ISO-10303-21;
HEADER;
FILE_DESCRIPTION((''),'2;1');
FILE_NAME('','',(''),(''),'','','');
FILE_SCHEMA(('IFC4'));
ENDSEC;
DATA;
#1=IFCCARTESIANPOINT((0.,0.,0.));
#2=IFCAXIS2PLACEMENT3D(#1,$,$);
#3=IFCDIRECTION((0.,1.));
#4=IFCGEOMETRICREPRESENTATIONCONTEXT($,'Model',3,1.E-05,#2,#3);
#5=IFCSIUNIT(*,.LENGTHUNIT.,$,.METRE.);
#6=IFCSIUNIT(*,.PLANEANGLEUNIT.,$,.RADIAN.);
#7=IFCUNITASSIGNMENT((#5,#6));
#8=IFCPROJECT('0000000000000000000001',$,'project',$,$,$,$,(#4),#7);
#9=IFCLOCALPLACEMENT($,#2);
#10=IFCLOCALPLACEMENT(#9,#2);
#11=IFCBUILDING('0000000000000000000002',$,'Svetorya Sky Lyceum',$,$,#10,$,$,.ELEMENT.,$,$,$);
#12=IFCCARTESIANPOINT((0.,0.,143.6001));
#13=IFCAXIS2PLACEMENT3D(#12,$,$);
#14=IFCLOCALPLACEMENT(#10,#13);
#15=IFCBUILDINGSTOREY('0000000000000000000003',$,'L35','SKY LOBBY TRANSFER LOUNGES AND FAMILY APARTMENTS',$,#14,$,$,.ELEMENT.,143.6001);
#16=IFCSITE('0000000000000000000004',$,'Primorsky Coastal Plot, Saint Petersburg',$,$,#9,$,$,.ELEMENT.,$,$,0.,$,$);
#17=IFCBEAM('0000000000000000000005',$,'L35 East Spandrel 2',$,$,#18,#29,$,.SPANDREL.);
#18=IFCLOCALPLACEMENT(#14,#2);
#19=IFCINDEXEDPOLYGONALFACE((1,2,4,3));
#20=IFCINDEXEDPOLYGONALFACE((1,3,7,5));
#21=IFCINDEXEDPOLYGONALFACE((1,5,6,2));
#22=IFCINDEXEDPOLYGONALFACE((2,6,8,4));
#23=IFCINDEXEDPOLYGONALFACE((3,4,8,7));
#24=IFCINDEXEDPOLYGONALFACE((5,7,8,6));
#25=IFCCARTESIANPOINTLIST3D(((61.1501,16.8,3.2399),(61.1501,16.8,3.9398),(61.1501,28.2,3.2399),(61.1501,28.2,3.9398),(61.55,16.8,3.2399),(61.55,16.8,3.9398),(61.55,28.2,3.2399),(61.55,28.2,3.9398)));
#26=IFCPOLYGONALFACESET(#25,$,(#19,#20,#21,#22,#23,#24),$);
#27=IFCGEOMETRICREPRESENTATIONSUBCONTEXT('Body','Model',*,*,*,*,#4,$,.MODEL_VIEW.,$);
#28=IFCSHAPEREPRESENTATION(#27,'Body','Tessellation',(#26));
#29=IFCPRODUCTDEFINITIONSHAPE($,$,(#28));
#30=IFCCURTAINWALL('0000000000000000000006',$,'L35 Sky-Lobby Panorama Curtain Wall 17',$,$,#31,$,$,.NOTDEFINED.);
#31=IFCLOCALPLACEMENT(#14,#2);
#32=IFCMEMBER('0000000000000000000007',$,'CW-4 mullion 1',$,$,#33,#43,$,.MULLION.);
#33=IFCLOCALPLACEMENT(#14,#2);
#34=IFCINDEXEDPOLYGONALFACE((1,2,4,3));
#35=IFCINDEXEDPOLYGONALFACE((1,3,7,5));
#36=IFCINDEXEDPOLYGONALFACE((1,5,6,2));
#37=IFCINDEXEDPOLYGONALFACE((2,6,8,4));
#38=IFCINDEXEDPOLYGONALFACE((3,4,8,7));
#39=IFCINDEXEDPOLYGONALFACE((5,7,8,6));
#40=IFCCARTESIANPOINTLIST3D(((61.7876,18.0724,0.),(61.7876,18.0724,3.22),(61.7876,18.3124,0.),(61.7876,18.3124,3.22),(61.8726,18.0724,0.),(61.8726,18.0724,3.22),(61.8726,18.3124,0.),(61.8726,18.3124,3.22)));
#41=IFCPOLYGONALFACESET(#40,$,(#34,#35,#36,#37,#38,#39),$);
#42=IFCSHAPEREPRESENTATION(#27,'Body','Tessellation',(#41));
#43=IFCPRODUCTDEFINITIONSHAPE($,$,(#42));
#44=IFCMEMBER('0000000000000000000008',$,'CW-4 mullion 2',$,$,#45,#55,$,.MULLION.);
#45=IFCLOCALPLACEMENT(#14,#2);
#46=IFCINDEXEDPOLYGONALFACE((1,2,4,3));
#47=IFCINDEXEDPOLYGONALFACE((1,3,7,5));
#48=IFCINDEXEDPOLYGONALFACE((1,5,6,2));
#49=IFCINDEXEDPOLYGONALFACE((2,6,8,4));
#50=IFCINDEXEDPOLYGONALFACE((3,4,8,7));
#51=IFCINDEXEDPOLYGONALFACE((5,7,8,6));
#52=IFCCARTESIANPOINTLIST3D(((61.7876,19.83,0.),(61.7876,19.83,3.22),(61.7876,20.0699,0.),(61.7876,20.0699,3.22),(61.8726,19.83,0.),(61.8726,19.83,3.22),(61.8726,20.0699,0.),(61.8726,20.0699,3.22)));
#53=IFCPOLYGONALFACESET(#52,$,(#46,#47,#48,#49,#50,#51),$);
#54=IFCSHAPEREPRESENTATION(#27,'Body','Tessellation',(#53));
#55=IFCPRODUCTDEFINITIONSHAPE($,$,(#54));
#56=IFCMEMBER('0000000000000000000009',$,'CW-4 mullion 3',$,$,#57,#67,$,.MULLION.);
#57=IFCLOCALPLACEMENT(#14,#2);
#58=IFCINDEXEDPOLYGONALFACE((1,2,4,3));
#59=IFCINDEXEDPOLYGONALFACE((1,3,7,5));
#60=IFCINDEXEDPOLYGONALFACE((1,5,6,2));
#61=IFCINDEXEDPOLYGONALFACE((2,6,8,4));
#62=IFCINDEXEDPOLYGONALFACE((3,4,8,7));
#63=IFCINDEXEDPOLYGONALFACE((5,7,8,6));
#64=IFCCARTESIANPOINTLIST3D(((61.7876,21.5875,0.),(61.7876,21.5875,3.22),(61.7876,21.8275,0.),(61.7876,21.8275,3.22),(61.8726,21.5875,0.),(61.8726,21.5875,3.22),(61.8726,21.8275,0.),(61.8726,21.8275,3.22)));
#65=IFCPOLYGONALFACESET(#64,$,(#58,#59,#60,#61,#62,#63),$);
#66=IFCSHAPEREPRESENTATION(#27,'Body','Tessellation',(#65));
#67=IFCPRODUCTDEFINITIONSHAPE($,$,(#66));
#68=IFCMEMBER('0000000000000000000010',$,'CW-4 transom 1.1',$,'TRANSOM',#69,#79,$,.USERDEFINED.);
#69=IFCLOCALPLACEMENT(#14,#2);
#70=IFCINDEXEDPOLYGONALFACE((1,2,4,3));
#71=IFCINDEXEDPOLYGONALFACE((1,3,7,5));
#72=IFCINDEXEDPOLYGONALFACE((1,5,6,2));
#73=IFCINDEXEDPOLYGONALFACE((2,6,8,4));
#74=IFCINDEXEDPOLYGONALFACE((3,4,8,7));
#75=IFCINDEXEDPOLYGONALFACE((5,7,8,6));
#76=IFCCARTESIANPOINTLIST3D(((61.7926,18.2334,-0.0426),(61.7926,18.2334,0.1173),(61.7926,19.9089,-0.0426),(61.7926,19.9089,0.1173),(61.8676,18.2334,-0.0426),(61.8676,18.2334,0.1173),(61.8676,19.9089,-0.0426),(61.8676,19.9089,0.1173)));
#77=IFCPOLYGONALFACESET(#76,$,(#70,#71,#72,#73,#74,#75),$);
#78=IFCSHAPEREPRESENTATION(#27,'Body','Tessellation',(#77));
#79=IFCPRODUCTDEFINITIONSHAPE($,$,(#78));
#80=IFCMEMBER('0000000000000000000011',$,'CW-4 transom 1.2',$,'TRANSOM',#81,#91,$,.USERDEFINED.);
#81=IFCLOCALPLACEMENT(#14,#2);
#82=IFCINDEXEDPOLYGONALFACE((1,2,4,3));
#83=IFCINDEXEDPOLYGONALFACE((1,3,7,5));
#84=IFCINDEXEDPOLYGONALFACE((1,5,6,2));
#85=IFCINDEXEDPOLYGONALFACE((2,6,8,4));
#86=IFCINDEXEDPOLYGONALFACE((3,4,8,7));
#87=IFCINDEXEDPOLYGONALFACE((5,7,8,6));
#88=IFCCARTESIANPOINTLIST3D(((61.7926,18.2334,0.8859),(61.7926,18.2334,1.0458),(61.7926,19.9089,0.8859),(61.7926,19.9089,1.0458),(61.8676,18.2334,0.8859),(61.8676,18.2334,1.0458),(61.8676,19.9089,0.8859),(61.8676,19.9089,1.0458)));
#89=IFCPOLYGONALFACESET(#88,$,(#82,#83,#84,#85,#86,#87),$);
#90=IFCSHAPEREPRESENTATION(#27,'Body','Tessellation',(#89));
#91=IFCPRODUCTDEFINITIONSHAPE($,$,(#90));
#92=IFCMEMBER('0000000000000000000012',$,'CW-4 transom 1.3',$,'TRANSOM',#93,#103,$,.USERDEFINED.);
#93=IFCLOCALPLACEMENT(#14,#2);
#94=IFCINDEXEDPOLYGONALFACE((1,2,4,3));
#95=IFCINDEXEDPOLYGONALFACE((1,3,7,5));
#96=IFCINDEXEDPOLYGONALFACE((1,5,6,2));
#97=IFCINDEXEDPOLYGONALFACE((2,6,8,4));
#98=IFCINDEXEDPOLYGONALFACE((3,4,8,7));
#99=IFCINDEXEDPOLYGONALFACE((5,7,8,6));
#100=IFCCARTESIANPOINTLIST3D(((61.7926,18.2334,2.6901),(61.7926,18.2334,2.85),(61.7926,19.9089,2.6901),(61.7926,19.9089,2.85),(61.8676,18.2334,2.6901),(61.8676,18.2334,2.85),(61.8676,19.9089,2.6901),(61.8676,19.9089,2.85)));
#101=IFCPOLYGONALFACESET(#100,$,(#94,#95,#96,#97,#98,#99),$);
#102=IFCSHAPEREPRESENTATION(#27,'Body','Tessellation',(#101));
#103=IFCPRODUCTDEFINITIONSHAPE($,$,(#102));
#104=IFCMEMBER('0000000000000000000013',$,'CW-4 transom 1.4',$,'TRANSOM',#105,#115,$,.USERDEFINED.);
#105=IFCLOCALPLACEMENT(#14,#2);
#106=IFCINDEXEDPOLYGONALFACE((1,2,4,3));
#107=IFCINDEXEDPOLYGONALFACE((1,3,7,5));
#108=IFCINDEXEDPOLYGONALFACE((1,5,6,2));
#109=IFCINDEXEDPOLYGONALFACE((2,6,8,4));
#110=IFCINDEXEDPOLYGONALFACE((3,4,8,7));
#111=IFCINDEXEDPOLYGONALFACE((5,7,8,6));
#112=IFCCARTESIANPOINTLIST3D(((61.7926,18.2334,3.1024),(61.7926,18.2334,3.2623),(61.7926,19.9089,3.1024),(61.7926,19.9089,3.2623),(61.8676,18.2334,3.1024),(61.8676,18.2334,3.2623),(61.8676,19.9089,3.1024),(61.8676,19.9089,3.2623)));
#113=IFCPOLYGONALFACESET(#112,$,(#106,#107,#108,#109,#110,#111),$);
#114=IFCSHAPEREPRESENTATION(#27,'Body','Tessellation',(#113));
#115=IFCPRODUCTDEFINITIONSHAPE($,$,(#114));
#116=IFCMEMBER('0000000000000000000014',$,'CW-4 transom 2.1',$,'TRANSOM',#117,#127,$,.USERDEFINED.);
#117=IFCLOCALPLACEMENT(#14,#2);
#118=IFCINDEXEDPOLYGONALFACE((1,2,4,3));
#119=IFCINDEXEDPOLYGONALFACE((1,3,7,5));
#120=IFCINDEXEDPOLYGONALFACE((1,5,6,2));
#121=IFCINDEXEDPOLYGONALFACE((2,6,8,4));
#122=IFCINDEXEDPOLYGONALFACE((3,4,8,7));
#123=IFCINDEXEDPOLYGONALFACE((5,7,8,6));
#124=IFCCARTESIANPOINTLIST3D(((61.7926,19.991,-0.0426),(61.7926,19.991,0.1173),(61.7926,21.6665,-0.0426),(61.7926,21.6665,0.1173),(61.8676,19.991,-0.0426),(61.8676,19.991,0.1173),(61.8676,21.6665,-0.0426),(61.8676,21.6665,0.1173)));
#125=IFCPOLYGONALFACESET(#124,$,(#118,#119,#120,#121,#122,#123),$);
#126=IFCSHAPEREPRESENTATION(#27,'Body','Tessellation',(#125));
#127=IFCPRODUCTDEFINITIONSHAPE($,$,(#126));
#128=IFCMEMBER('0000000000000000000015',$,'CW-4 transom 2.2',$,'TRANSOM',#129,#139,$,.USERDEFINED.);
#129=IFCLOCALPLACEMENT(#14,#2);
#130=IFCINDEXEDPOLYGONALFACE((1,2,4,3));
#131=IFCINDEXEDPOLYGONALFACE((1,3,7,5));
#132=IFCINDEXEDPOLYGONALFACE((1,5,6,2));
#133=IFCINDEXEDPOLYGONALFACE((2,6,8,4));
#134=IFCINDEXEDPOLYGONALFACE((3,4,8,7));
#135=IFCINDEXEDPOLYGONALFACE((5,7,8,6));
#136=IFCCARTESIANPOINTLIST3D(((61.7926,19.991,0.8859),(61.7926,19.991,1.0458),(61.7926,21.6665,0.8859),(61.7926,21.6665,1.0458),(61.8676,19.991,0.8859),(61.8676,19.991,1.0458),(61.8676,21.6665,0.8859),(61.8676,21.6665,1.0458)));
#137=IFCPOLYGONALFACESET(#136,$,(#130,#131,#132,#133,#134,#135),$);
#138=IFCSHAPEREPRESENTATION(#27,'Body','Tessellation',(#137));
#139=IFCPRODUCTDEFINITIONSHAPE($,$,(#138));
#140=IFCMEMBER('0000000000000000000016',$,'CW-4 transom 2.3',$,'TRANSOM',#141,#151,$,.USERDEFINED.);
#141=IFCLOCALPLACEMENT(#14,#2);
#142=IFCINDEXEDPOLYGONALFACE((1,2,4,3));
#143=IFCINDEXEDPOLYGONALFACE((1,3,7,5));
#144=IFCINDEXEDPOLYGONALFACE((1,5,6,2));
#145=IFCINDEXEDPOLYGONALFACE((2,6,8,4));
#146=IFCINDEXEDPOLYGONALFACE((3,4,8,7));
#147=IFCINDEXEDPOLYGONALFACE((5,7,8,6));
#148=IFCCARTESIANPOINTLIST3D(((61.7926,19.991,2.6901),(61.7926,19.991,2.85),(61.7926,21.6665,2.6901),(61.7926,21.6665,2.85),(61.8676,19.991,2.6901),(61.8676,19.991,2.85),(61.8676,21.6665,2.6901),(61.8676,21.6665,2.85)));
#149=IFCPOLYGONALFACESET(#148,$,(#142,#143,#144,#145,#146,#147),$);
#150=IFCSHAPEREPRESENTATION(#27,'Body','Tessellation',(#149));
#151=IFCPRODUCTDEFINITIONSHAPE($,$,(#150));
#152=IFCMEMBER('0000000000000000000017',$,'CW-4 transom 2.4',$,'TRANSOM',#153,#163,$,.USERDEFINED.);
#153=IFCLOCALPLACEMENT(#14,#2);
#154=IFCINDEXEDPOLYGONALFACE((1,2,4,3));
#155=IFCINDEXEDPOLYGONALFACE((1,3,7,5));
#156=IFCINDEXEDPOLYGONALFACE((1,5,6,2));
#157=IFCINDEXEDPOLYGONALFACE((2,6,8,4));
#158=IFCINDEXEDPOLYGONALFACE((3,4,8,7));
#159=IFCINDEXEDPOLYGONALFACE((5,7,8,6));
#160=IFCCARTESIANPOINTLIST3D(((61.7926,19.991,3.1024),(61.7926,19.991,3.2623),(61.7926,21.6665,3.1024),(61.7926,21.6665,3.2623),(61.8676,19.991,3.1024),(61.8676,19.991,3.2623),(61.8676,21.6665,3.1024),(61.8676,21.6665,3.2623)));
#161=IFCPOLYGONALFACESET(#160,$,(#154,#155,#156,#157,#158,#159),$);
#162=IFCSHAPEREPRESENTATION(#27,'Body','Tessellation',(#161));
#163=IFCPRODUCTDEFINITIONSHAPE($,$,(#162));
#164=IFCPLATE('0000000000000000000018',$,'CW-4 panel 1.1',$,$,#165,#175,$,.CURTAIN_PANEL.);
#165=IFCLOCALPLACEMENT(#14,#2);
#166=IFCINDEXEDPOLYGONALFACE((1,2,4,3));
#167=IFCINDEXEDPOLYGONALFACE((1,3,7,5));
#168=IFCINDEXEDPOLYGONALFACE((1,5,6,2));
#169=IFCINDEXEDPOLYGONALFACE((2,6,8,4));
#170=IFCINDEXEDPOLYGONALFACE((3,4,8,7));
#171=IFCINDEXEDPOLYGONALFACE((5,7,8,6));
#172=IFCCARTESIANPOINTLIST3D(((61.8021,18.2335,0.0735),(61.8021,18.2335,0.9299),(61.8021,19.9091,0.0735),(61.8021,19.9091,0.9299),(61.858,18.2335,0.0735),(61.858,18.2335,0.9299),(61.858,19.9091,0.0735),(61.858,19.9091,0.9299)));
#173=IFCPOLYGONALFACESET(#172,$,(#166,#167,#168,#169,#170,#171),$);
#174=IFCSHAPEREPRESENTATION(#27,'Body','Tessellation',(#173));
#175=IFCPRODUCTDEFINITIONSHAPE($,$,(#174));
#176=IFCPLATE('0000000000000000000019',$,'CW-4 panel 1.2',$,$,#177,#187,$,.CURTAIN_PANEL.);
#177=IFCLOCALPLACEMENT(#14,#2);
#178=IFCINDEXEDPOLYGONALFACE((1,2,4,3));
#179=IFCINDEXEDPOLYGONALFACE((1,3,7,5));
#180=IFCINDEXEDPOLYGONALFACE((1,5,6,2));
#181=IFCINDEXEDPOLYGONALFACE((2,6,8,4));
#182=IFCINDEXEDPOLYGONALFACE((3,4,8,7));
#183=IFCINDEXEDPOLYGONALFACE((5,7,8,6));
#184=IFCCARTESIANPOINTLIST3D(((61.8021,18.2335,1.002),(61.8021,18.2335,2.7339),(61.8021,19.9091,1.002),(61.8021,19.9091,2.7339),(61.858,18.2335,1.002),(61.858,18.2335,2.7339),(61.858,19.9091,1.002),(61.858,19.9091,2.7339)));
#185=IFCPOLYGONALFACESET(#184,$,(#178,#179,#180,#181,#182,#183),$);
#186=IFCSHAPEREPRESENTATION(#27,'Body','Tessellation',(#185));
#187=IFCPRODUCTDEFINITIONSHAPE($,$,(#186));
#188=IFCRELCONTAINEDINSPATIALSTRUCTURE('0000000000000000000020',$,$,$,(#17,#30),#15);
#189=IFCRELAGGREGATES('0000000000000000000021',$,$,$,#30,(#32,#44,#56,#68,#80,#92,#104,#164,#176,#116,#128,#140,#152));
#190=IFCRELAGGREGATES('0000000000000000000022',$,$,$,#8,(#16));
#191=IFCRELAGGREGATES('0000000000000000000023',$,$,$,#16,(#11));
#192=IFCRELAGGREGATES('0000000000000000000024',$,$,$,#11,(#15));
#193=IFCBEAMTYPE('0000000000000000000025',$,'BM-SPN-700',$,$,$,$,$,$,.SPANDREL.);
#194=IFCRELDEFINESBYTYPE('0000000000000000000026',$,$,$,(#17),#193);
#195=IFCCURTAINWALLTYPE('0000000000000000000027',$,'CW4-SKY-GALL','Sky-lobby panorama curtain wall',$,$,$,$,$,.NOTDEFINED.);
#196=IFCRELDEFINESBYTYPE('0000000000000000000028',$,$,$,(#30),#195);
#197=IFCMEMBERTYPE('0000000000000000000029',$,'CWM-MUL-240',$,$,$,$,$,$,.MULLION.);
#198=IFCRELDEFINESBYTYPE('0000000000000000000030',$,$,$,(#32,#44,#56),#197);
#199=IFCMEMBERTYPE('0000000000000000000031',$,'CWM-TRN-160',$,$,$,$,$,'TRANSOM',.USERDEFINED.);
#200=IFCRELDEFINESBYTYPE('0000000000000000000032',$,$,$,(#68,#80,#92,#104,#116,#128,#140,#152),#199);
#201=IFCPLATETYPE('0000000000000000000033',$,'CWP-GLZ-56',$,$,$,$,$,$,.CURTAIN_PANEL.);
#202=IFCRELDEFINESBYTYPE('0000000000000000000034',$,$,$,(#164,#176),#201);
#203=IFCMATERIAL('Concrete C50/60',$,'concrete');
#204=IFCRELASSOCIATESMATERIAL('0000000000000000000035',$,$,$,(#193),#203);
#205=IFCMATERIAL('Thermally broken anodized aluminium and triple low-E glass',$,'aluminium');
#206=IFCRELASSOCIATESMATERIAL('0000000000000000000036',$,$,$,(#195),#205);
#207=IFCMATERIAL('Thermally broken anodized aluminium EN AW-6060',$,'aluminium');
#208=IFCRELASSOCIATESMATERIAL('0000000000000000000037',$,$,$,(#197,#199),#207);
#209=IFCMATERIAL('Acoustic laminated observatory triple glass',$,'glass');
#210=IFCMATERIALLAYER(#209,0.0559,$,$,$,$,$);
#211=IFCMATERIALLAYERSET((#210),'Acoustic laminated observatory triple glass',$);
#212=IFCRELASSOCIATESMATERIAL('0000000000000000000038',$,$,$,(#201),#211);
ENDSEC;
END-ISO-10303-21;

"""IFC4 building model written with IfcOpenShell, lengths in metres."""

from ifc_helpers import new_model, si_unit, direction, frame, origin, origin_2d, place, context, subcontext, project, spatial, rectangle, extrude, material, layer, layer_set, material_profile, profile_set, type_object, element, aggregate, save


model = new_model("IFC4")

# Units and contexts
model_context = context("Model", 3, precision=1e-05, world=origin(), true_north=direction((0.0, 1.0)))
body_context = subcontext(model_context, "Body", "Model", "MODEL_VIEW")
ifc_project = project(units=[si_unit("LENGTHUNIT", "METRE"), si_unit("PLANEANGLEUNIT", "RADIAN")], contexts=[model_context])

# Site, building, storey
site_placement = place(None, origin())
site = spatial("IfcSite", under=ifc_project, at=site_placement, Name="Primorsky Coastal Plot, Saint Petersburg", CompositionType="ELEMENT", RefElevation=0.0)
building_placement = place(site_placement, origin())
building = spatial("IfcBuilding", under=site, at=building_placement, Name="Svetorya Sky Lyceum", CompositionType="ELEMENT")
storey_placement = place(building_placement, frame((0.0, 0.0, 143.6001)))
storey = spatial("IfcBuildingStorey", under=building, at=storey_placement, Name="L35", Description="SKY LOBBY TRANSFER LOUNGES AND FAMILY APARTMENTS", CompositionType="ELEMENT", Elevation=143.6001)

# Beam
ifc_material_1 = material(Name="Concrete C50/60", Category="concrete")
ifc_material_profile_1 = material_profile(ifc_material_1, rectangle(XDim=0.3999, YDim=0.7, at=origin_2d()), Name="RC SPANDREL 400x700")
ifc_profile_set_1 = profile_set([ifc_material_profile_1], Name="Concrete C50/60")
beam_type = type_object("IfcBeamType", Name="BM-SPN-700", PredefinedType="SPANDREL", material=ifc_profile_set_1)
beam_placement = place(storey_placement, frame((61.3501, 16.8, 3.5898), z_axis=(0.0, 1.0, 0.0), x_axis=(-1.0, 0.0, 0.0)))
element("IfcBeam", 1, at=beam_placement, inside=storey, type_object=beam_type, Name="L35 East Spandrel 2", PredefinedType="SPANDREL", context=body_context, shape_type="SweptSolid", body=[
    extrude(rectangle(XDim=0.3999, YDim=0.7, at=origin_2d()), origin(), (0.0, 0.0, 1.0), 11.3999),
])

# Curtain wall, members, plates
ifc_material_2 = material(Name="Thermally broken anodized aluminium and triple low-E glass", Category="aluminium")
curtain_wall_type = type_object("IfcCurtainWallType", Name="CW4-SKY-GALL", Description="Sky-lobby panorama curtain wall", PredefinedType="NOTDEFINED", material=ifc_material_2)
curtain_wall_placement = place(storey_placement, origin())
curtain_wall = element("IfcCurtainWall", 2, at=curtain_wall_placement, inside=storey, type_object=curtain_wall_type, Name="L35 Sky-Lobby Panorama Curtain Wall 17", PredefinedType="NOTDEFINED")
ifc_material_3 = material(Name="Thermally broken anodized aluminium EN AW-6060", Category="aluminium")
ifc_material_profile_2 = material_profile(ifc_material_3, rectangle(XDim=0.085, YDim=0.24, at=origin_2d()), Name="ALU MULLION 85x240")
ifc_profile_set_2 = profile_set([ifc_material_profile_2], Name="Thermally broken anodized aluminium EN AW-6060")
member_type_1 = type_object("IfcMemberType", Name="CWM-MUL-240", PredefinedType="MULLION", material=ifc_profile_set_2)
member_1_placement = place(storey_placement, frame((61.8301, 18.1924, 0.0), z_axis=(0.0, 0.0, 1.0), x_axis=(-1.0, 0.0, 0.0)))
member_1 = element("IfcMember", 3, at=member_1_placement, type_object=member_type_1, Name="CW-4 mullion 1", PredefinedType="MULLION", context=body_context, shape_type="SweptSolid", body=[
    extrude(rectangle(XDim=0.085, YDim=0.24, at=origin_2d()), origin(), (0.0, 0.0, 1.0), 3.22),
])
member_2_placement = place(storey_placement, frame((61.8301, 19.95, 0.0), z_axis=(0.0, 0.0, 1.0), x_axis=(-1.0, 0.0, 0.0)))
member_2 = element("IfcMember", 4, at=member_2_placement, type_object=member_type_1, Name="CW-4 mullion 2", PredefinedType="MULLION", context=body_context, shape_type="SweptSolid", body=[
    extrude(rectangle(XDim=0.085, YDim=0.24, at=origin_2d()), origin(), (0.0, 0.0, 1.0), 3.22),
])
member_3_placement = place(storey_placement, frame((61.8301, 21.7075, 0.0), z_axis=(0.0, 0.0, 1.0), x_axis=(-1.0, 0.0, 0.0)))
member_3 = element("IfcMember", 5, at=member_3_placement, type_object=member_type_1, Name="CW-4 mullion 3", PredefinedType="MULLION", context=body_context, shape_type="SweptSolid", body=[
    extrude(rectangle(XDim=0.085, YDim=0.24, at=origin_2d()), origin(), (0.0, 0.0, 1.0), 3.22),
])
ifc_material_profile_3 = material_profile(ifc_material_3, rectangle(XDim=0.075, YDim=0.1599, at=origin_2d()), Name="ALU TRANSOM 75x160")
ifc_profile_set_3 = profile_set([ifc_material_profile_3], Name="Thermally broken anodized aluminium EN AW-6060")
member_type_2 = type_object("IfcMemberType", Name="CWM-TRN-160", ElementType="TRANSOM", PredefinedType="USERDEFINED", material=ifc_profile_set_3)
member_4_placement = place(storey_placement, frame((61.8301, 18.2334, 0.0374), z_axis=(0.0, 1.0, 0.0), x_axis=(-1.0, 0.0, 0.0)))
member_4 = element("IfcMember", 6, at=member_4_placement, type_object=member_type_2, Name="CW-4 transom 1.1", ObjectType="TRANSOM", PredefinedType="USERDEFINED", context=body_context, shape_type="SweptSolid", body=[
    extrude(rectangle(XDim=0.075, YDim=0.1599, at=origin_2d()), origin(), (0.0, 0.0, 1.0), 1.6755),
])
member_5_placement = place(storey_placement, frame((61.8301, 18.2334, 0.9658), z_axis=(0.0, 1.0, 0.0), x_axis=(-1.0, 0.0, 0.0)))
member_5 = element("IfcMember", 7, at=member_5_placement, type_object=member_type_2, Name="CW-4 transom 1.2", ObjectType="TRANSOM", PredefinedType="USERDEFINED", context=body_context, shape_type="SweptSolid", body=[
    extrude(rectangle(XDim=0.075, YDim=0.1599, at=origin_2d()), origin(), (0.0, 0.0, 1.0), 1.6755),
])
member_6_placement = place(storey_placement, frame((61.8301, 18.2334, 2.77), z_axis=(0.0, 1.0, 0.0), x_axis=(-1.0, 0.0, 0.0)))
member_6 = element("IfcMember", 8, at=member_6_placement, type_object=member_type_2, Name="CW-4 transom 1.3", ObjectType="TRANSOM", PredefinedType="USERDEFINED", context=body_context, shape_type="SweptSolid", body=[
    extrude(rectangle(XDim=0.075, YDim=0.1599, at=origin_2d()), origin(), (0.0, 0.0, 1.0), 1.6755),
])
member_7_placement = place(storey_placement, frame((61.8301, 18.2334, 3.1824), z_axis=(0.0, 1.0, 0.0), x_axis=(-1.0, 0.0, 0.0)))
member_7 = element("IfcMember", 9, at=member_7_placement, type_object=member_type_2, Name="CW-4 transom 1.4", ObjectType="TRANSOM", PredefinedType="USERDEFINED", context=body_context, shape_type="SweptSolid", body=[
    extrude(rectangle(XDim=0.075, YDim=0.1599, at=origin_2d()), origin(), (0.0, 0.0, 1.0), 1.6755),
])
member_8_placement = place(storey_placement, frame((61.8301, 19.991, 0.0374), z_axis=(0.0, 1.0, 0.0), x_axis=(-1.0, 0.0, 0.0)))
member_8 = element("IfcMember", 10, at=member_8_placement, type_object=member_type_2, Name="CW-4 transom 2.1", ObjectType="TRANSOM", PredefinedType="USERDEFINED", context=body_context, shape_type="SweptSolid", body=[
    extrude(rectangle(XDim=0.075, YDim=0.1599, at=origin_2d()), origin(), (0.0, 0.0, 1.0), 1.6755),
])
member_9_placement = place(storey_placement, frame((61.8301, 19.991, 0.9658), z_axis=(0.0, 1.0, 0.0), x_axis=(-1.0, 0.0, 0.0)))
member_9 = element("IfcMember", 11, at=member_9_placement, type_object=member_type_2, Name="CW-4 transom 2.2", ObjectType="TRANSOM", PredefinedType="USERDEFINED", context=body_context, shape_type="SweptSolid", body=[
    extrude(rectangle(XDim=0.075, YDim=0.1599, at=origin_2d()), origin(), (0.0, 0.0, 1.0), 1.6755),
])
member_10_placement = place(storey_placement, frame((61.8301, 19.991, 2.77), z_axis=(0.0, 1.0, 0.0), x_axis=(-1.0, 0.0, 0.0)))
member_10 = element("IfcMember", 12, at=member_10_placement, type_object=member_type_2, Name="CW-4 transom 2.3", ObjectType="TRANSOM", PredefinedType="USERDEFINED", context=body_context, shape_type="SweptSolid", body=[
    extrude(rectangle(XDim=0.075, YDim=0.1599, at=origin_2d()), origin(), (0.0, 0.0, 1.0), 1.6755),
])
member_11_placement = place(storey_placement, frame((61.8301, 19.991, 3.1824), z_axis=(0.0, 1.0, 0.0), x_axis=(-1.0, 0.0, 0.0)))
member_11 = element("IfcMember", 13, at=member_11_placement, type_object=member_type_2, Name="CW-4 transom 2.4", ObjectType="TRANSOM", PredefinedType="USERDEFINED", context=body_context, shape_type="SweptSolid", body=[
    extrude(rectangle(XDim=0.075, YDim=0.1599, at=origin_2d()), origin(), (0.0, 0.0, 1.0), 1.6755),
])
ifc_material_4 = material(Name="Acoustic laminated observatory triple glass", Category="glass")
ifc_layer_1 = layer(ifc_material_4, 0.0559)
ifc_layer_set_1 = layer_set([ifc_layer_1], Name="Acoustic laminated observatory triple glass")
plate_type = type_object("IfcPlateType", Name="CWP-GLZ-56", PredefinedType="CURTAIN_PANEL", material=ifc_layer_set_1)
plate_1_placement = place(storey_placement, frame((61.8301, 19.0713, 0.0735), z_axis=(0.0, 0.0, 1.0), x_axis=(0.0, 1.0, 0.0)))
plate_1 = element("IfcPlate", 14, at=plate_1_placement, type_object=plate_type, Name="CW-4 panel 1.1", PredefinedType="CURTAIN_PANEL", context=body_context, shape_type="SweptSolid", body=[
    extrude(rectangle(XDim=1.6755, YDim=0.0559, at=origin_2d()), origin(), (0.0, 0.0, 1.0), 0.8564),
])
plate_2_placement = place(storey_placement, frame((61.8301, 19.0713, 1.002), z_axis=(0.0, 0.0, 1.0), x_axis=(0.0, 1.0, 0.0)))
plate_2 = element("IfcPlate", 15, at=plate_2_placement, type_object=plate_type, Name="CW-4 panel 1.2", PredefinedType="CURTAIN_PANEL", context=body_context, shape_type="SweptSolid", body=[
    extrude(rectangle(XDim=1.6755, YDim=0.0559, at=origin_2d()), origin(), (0.0, 0.0, 1.0), 1.7319),
])
aggregate(curtain_wall, [member_1, member_2, member_3, member_4, member_5, member_6, member_7, plate_1, plate_2, member_8, member_9, member_10, member_11])

save(model, "model.ifc")
